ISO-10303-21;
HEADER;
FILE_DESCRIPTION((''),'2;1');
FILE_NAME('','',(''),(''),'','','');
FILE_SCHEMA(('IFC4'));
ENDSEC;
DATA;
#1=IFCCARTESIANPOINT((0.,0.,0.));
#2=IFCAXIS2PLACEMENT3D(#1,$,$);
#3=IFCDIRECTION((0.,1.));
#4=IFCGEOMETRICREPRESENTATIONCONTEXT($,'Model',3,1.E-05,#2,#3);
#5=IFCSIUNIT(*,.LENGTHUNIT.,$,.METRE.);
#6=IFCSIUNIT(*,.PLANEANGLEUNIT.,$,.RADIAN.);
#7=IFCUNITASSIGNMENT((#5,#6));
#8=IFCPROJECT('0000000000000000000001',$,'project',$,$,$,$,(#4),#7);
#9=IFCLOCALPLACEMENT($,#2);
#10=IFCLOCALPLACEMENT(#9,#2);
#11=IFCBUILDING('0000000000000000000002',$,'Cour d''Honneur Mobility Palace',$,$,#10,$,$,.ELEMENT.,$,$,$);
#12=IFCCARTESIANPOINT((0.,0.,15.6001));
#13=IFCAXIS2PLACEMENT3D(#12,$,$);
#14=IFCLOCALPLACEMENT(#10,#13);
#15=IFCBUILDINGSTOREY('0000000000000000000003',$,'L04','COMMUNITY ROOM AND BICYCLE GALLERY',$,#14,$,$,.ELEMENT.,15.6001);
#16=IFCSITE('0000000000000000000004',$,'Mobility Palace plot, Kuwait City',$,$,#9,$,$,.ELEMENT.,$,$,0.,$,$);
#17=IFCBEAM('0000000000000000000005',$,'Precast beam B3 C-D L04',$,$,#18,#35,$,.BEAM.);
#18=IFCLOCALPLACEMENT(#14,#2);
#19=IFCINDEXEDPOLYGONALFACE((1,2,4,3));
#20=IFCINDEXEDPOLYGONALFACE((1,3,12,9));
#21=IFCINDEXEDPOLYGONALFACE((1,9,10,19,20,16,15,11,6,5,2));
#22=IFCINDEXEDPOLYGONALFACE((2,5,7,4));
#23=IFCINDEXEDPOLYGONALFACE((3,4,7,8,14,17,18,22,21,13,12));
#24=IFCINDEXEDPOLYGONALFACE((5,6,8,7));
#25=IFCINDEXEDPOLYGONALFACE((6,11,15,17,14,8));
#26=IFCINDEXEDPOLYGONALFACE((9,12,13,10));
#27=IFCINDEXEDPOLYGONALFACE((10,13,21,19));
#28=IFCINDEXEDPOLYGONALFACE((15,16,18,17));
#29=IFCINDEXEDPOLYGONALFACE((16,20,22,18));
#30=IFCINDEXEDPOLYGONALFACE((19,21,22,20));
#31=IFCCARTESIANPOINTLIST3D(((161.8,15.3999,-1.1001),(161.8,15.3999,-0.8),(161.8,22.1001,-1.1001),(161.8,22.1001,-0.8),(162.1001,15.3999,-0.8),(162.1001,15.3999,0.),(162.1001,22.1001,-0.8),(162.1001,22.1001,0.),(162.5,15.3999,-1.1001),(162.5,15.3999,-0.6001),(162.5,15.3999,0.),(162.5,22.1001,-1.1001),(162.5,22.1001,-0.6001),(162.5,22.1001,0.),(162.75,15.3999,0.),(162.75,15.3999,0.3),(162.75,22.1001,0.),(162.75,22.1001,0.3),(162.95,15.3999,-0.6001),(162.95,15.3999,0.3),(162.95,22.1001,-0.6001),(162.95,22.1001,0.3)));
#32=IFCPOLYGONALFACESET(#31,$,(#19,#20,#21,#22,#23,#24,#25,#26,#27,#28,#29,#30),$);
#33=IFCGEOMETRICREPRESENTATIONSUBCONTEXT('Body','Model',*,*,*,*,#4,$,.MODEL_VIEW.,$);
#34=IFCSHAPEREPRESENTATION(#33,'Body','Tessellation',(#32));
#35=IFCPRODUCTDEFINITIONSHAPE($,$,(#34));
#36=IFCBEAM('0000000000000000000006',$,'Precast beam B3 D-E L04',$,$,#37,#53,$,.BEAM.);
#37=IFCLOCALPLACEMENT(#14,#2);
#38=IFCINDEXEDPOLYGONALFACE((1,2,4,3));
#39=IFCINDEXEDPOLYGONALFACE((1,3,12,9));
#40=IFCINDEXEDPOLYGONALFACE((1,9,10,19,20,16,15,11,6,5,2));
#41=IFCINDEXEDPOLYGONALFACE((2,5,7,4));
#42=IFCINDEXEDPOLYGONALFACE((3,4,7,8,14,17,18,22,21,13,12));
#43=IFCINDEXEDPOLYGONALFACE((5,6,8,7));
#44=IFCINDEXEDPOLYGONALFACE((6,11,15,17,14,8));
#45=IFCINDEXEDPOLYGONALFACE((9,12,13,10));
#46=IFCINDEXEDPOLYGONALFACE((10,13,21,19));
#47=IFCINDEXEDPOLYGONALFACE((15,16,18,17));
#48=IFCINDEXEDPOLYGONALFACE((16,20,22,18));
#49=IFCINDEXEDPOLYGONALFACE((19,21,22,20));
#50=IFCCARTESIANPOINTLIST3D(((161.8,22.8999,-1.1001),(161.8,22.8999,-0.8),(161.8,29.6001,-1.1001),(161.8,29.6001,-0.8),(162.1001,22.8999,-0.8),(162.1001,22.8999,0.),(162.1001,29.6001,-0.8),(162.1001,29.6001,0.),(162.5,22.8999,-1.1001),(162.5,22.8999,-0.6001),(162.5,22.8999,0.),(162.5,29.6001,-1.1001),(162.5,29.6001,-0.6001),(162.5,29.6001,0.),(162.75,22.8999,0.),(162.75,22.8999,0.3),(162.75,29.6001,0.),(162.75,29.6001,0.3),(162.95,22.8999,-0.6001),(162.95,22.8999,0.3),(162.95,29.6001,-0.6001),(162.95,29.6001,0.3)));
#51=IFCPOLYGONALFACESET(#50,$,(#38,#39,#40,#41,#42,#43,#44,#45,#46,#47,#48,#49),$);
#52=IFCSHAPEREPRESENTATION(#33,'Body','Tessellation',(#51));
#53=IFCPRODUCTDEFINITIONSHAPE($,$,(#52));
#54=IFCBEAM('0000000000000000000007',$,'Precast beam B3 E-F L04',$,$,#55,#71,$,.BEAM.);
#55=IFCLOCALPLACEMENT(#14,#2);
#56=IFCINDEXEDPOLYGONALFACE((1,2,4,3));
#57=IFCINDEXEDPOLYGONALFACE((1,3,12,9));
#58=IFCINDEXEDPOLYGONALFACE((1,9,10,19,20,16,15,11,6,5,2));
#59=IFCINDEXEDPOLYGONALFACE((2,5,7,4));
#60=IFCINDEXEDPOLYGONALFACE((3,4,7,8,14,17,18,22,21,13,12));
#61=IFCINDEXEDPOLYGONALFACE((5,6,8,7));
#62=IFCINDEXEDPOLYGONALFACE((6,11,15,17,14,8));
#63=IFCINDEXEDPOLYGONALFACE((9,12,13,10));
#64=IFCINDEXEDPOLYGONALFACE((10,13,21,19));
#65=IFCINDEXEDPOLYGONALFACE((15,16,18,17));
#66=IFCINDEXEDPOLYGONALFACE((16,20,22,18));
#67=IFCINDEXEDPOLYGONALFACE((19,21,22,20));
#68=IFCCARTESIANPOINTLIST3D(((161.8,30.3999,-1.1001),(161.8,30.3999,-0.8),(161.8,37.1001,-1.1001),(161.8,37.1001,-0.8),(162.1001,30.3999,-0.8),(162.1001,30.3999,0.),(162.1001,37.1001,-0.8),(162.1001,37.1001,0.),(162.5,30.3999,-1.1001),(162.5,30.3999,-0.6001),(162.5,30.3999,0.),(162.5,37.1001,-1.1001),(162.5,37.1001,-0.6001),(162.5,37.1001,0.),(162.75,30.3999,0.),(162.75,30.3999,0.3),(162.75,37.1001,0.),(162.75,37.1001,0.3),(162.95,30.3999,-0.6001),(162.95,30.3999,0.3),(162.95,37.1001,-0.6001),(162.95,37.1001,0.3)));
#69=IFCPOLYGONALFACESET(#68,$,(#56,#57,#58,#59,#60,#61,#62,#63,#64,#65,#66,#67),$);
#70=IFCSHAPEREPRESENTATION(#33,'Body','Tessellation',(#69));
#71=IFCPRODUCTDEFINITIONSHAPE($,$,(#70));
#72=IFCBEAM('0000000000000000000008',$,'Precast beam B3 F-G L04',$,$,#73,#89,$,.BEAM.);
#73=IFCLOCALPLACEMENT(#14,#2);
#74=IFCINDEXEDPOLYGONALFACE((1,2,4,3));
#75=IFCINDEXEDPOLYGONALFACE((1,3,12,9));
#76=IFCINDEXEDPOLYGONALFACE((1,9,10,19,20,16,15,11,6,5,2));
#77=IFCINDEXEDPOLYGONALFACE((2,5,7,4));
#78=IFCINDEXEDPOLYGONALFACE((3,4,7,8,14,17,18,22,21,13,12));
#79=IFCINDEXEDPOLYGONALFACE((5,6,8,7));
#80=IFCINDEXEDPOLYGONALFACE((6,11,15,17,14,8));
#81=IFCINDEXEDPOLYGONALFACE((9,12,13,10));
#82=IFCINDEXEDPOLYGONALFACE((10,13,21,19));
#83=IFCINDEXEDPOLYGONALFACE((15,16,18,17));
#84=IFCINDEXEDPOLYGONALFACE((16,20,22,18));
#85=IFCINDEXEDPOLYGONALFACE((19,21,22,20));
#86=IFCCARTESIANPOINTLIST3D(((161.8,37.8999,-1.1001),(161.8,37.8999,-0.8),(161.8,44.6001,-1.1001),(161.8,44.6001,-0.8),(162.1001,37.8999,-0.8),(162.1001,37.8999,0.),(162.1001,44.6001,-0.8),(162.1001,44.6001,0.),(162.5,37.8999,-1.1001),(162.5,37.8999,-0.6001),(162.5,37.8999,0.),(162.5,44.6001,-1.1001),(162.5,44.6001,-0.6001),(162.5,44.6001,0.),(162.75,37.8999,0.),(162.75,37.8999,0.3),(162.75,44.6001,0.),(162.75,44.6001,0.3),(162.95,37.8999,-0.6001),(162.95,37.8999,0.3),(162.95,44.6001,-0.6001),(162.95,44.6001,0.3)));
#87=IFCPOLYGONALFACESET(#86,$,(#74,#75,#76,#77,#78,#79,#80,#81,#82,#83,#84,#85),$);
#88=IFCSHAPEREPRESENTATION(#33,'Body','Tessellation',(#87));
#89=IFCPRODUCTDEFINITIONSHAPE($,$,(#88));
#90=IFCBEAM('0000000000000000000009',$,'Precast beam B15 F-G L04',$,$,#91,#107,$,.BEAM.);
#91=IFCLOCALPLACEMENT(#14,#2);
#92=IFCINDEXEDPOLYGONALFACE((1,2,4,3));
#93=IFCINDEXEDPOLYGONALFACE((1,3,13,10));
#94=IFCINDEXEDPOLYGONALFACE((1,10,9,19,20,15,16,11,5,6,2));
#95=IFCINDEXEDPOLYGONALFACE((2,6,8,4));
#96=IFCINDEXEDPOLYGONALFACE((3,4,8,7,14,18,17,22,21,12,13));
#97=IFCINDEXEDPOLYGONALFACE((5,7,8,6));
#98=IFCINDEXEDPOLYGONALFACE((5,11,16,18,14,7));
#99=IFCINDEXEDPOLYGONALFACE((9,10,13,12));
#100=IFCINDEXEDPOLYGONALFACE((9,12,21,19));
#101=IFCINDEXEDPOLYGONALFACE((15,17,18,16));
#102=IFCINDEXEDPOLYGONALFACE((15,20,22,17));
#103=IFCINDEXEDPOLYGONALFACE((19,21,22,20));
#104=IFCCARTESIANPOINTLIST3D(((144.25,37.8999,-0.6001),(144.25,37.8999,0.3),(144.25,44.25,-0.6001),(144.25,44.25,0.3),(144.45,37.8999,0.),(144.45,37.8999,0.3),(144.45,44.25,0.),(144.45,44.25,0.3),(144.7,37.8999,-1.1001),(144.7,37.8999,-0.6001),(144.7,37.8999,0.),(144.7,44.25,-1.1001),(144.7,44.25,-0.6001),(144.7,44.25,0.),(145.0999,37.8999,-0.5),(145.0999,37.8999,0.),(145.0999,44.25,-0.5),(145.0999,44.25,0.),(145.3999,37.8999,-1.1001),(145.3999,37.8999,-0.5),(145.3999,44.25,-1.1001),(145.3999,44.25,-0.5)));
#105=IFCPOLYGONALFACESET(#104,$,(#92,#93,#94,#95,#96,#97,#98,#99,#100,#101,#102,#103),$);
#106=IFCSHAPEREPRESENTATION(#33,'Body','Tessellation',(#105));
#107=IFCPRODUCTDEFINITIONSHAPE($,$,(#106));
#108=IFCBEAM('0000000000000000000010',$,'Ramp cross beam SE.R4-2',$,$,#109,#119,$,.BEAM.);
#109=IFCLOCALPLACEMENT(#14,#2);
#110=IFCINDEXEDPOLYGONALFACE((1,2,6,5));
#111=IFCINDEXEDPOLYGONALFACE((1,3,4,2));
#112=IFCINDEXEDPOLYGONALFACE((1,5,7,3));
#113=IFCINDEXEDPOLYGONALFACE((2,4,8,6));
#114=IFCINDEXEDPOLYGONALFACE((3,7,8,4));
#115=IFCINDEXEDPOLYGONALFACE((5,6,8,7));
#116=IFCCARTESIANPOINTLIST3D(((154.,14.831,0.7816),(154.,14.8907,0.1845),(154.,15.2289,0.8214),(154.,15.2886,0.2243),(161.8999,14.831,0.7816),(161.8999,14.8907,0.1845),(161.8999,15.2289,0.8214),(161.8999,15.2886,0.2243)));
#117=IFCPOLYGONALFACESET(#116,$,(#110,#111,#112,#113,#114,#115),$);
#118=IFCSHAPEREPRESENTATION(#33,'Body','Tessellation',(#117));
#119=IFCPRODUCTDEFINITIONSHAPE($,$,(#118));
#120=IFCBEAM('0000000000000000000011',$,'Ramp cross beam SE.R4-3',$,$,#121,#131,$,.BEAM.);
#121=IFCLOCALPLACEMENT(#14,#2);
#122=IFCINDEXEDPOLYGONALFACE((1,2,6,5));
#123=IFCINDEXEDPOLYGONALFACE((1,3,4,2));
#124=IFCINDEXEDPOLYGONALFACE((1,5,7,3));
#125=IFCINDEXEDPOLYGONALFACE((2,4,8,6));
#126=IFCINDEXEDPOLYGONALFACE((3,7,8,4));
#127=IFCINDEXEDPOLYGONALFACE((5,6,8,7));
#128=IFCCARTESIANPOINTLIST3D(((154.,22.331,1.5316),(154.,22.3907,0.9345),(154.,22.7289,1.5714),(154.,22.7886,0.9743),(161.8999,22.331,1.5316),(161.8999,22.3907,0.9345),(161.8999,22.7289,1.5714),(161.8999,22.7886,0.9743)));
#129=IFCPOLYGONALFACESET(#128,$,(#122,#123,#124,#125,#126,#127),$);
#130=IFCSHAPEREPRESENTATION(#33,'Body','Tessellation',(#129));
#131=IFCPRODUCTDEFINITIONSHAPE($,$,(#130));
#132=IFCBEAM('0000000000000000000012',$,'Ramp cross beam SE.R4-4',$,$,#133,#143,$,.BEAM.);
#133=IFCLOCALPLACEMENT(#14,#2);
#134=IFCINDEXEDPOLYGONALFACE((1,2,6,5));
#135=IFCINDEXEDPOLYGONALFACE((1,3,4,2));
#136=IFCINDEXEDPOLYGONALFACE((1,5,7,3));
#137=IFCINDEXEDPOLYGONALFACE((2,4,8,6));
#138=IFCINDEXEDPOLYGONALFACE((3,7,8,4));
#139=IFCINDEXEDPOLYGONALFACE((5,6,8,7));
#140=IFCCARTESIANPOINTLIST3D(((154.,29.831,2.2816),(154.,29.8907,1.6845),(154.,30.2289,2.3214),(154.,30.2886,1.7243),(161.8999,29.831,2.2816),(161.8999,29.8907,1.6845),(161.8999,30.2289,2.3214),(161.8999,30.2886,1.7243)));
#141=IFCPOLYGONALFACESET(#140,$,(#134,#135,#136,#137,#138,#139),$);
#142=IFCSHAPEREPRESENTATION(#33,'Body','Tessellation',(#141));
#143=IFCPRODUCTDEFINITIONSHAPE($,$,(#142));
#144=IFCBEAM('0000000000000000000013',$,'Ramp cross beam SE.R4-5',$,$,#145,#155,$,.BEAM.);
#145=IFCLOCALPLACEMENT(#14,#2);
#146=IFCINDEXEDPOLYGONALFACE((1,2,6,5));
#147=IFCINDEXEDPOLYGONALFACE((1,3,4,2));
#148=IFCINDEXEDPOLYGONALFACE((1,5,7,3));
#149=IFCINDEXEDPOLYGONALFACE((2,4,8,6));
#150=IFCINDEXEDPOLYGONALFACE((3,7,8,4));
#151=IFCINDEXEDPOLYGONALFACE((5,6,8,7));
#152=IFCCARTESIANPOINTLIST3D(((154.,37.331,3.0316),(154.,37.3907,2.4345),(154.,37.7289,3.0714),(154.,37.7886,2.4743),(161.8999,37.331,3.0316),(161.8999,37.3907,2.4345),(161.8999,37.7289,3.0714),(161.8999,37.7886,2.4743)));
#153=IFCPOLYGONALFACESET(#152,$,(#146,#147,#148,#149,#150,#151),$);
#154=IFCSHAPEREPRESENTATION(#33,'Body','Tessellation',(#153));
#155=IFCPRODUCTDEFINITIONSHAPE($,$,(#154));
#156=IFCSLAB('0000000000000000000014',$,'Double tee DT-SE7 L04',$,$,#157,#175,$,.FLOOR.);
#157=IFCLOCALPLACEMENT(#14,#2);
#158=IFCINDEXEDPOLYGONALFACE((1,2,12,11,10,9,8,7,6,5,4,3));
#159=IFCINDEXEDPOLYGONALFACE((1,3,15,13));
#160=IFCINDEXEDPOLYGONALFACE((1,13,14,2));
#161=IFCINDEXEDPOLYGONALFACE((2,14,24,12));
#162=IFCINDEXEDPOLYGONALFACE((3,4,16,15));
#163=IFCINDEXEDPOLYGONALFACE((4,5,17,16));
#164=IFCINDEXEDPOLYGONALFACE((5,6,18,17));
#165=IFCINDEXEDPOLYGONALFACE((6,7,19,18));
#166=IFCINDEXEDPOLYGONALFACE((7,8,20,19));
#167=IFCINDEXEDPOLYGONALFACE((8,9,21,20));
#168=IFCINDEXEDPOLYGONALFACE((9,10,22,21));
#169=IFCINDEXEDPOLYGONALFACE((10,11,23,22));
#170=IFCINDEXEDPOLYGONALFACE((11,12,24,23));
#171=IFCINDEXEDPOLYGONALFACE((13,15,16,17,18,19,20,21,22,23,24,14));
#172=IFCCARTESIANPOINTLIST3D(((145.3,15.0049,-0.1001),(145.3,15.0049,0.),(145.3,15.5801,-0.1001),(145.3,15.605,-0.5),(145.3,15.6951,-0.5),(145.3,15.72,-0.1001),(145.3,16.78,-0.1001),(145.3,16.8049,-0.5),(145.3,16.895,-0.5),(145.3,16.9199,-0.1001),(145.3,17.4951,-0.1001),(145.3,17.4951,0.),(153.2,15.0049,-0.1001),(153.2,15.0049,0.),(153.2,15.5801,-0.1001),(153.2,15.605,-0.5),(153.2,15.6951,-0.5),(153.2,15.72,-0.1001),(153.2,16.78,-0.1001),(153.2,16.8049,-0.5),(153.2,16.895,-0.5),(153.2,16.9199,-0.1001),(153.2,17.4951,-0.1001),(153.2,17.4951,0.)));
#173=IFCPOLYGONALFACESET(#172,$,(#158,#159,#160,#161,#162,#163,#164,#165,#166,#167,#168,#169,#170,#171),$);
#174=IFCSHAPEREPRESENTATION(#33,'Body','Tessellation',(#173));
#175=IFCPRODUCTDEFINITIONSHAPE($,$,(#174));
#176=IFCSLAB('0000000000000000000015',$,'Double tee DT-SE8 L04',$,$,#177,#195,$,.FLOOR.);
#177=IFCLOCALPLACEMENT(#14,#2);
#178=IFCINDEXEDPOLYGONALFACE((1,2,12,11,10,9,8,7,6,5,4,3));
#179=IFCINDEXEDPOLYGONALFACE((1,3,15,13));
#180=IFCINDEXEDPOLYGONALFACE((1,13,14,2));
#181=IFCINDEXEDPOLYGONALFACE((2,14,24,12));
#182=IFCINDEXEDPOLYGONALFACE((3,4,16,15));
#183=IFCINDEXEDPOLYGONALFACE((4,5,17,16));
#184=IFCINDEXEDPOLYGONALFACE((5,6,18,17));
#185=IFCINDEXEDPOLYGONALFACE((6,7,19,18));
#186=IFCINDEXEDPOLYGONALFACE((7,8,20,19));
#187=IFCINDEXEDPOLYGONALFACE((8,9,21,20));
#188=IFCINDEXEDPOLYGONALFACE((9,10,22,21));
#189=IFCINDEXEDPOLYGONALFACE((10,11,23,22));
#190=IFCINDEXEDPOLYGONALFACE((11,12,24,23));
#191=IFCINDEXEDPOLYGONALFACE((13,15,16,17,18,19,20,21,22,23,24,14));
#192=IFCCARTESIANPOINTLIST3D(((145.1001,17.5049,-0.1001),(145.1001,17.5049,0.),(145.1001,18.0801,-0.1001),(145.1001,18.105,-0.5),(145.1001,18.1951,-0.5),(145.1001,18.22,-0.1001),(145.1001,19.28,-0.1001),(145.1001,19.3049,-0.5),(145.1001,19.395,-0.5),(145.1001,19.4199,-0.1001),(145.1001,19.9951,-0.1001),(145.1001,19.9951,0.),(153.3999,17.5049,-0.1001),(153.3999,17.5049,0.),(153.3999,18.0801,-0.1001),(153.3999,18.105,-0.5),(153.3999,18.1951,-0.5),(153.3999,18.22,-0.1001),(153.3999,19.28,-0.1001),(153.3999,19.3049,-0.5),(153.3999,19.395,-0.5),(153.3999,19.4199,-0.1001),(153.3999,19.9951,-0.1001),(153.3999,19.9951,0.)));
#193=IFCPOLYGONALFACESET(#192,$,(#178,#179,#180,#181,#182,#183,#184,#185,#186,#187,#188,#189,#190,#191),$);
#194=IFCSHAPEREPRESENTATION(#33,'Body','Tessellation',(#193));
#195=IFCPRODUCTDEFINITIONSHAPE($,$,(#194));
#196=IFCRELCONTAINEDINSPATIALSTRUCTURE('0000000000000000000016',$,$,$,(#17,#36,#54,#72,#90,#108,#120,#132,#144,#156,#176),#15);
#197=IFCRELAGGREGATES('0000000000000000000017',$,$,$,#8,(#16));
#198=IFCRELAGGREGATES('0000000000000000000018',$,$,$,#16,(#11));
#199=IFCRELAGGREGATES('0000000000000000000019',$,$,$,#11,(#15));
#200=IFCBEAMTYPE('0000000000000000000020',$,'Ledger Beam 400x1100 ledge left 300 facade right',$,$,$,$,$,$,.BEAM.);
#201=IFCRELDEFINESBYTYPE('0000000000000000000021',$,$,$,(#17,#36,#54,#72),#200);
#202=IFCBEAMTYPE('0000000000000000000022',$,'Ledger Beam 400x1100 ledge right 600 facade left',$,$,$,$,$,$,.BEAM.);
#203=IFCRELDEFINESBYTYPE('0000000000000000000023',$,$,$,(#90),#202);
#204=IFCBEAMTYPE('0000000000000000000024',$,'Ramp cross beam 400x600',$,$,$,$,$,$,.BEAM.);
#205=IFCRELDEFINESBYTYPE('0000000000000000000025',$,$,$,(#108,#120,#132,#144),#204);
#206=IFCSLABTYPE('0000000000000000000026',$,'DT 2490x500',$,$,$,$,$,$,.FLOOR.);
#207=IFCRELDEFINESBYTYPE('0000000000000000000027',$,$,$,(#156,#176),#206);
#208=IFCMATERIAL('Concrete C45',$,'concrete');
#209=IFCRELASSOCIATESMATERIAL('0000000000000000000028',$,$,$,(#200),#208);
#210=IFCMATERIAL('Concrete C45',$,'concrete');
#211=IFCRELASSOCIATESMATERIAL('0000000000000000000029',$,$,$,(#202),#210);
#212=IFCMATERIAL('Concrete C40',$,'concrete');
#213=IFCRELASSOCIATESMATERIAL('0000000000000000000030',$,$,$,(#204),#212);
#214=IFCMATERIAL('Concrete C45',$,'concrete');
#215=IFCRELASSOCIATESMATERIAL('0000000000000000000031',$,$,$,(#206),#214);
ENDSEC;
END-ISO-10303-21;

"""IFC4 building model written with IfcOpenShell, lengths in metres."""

from ifc_helpers import new_model, si_unit, direction, frame, origin, origin_2d, place, context, subcontext, project, spatial, polyline, rectangle, outline, extrude, material, material_profile, profile_set, type_object, element, save


model = new_model("IFC4")

# Units and contexts
model_context = context("Model", 3, precision=1e-05, world=origin(), true_north=direction((0.0, 1.0)))
body_context = subcontext(model_context, "Body", "Model", "MODEL_VIEW")
ifc_project = project(units=[si_unit("LENGTHUNIT", "METRE"), si_unit("PLANEANGLEUNIT", "RADIAN")], contexts=[model_context])

# Site, building, storey
site_placement = place(None, origin())
site = spatial("IfcSite", under=ifc_project, at=site_placement, Name="Mobility Palace plot, Kuwait City", CompositionType="ELEMENT", RefElevation=0.0)
building_placement = place(site_placement, origin())
building = spatial("IfcBuilding", under=site, at=building_placement, Name="Cour d'Honneur Mobility Palace", CompositionType="ELEMENT")
storey_placement = place(building_placement, frame((0.0, 0.0, 15.6001)))
storey = spatial("IfcBuildingStorey", under=building, at=storey_placement, Name="L04", Description="COMMUNITY ROOM AND BICYCLE GALLERY", CompositionType="ELEMENT", Elevation=15.6001)

# Beams
ifc_material_1 = material(Name="Concrete C45", Category="concrete")
ifc_material_profile_1 = material_profile(ifc_material_1, outline(polyline([(0.5, -1.1001), (0.5, -0.8), (0.2, -0.8), (0.2, 0.0), (-0.2, 0.0), (-0.45, 0.0), (-0.45, 0.3), (-0.6499, 0.3), (-0.6499, -0.6001), (-0.2, -0.6001), (-0.2, -1.1001), (0.5, -1.1001)])), Name="Ledger Beam 400x1100 ledge left 300 facade right")
ifc_profile_set_1 = profile_set([ifc_material_profile_1], Name="Concrete C45")
beam_type_1 = type_object("IfcBeamType", Name="Ledger Beam 400x1100 ledge left 300 facade right", PredefinedType="BEAM", material=ifc_profile_set_1)
for number, where, z_axis, x_axis, name in (
    (1, (162.3, 15.3999, 0.0), (0.0, 1.0, 0.0), (-1.0, 0.0, 0.0), "Precast beam B3 C-D L04"),
    (2, (162.3, 22.8999, 0.0), (0.0, 1.0, 0.0), (-1.0, 0.0, 0.0), "Precast beam B3 D-E L04"),
    (3, (162.3, 30.3999, 0.0), (0.0, 1.0, 0.0), (-1.0, 0.0, 0.0), "Precast beam B3 E-F L04"),
    (4, (162.3, 37.8999, 0.0), (0.0, 1.0, 0.0), (-1.0, 0.0, 0.0), "Precast beam B3 F-G L04"),
):
    element("IfcBeam", number, at=place(storey_placement, frame(where, z_axis=z_axis, x_axis=x_axis)), inside=storey, type_object=beam_type_1, Name=name, PredefinedType="BEAM", context=body_context, shape_type="SweptSolid", body=[
        extrude(outline(polyline([(0.5, -1.1001), (0.5, -0.8), (0.2, -0.8), (0.2, 0.0), (-0.2, 0.0), (-0.45, 0.0), (-0.45, 0.3), (-0.6499, 0.3), (-0.6499, -0.6001), (-0.2, -0.6001), (-0.2, -1.1001), (0.5, -1.1001)])), origin(), (0.0, 0.0, 1.0), 6.7002),
    ])
ifc_material_2 = material(Name="Concrete C45", Category="concrete")
ifc_material_profile_2 = material_profile(ifc_material_2, outline(polyline([(0.2, -1.1001), (0.2, -0.6001), (0.6499, -0.6001), (0.6499, 0.3), (0.45, 0.3), (0.45, 0.0), (0.2, 0.0), (-0.2, 0.0), (-0.2, -0.5), (-0.5, -0.5), (-0.5, -1.1001), (0.2, -1.1001)])), Name="Ledger Beam 400x1100 ledge right 600 facade left")
ifc_profile_set_2 = profile_set([ifc_material_profile_2], Name="Concrete C45")
beam_type_2 = type_object("IfcBeamType", Name="Ledger Beam 400x1100 ledge right 600 facade left", PredefinedType="BEAM", material=ifc_profile_set_2)
beam_placement = place(storey_placement, frame((144.8999, 37.8999, 0.0), z_axis=(0.0, 1.0, 0.0), x_axis=(-1.0, 0.0, 0.0)))
element("IfcBeam", 5, at=beam_placement, inside=storey, type_object=beam_type_2, Name="Precast beam B15 F-G L04", PredefinedType="BEAM", context=body_context, shape_type="SweptSolid", body=[
    extrude(outline(polyline([(0.2, -1.1001), (0.2, -0.6001), (0.6499, -0.6001), (0.6499, 0.3), (0.45, 0.3), (0.45, 0.0), (0.2, 0.0), (-0.2, 0.0), (-0.2, -0.5), (-0.5, -0.5), (-0.5, -1.1001), (0.2, -1.1001)])), origin(), (0.0, 0.0, 1.0), 6.3501),
])
ifc_material_3 = material(Name="Concrete C40", Category="concrete")
ifc_material_profile_3 = material_profile(ifc_material_3, rectangle(XDim=0.3999, YDim=0.6001, at=origin_2d()), Name="Ramp cross beam 400x600")
ifc_profile_set_3 = profile_set([ifc_material_profile_3], Name="Concrete C40")
beam_type_3 = type_object("IfcBeamType", Name="Ramp cross beam 400x600", PredefinedType="BEAM", material=ifc_profile_set_3)
for number, where, z_axis, x_axis, name in (
    (6, (161.8999, 15.0598, 0.5029), (-1.0, 0.0, 0.0), (0.0, -0.995037, -0.099504), "Ramp cross beam SE.R4-2"),
    (7, (161.8999, 22.5598, 1.2529), (-1.0, 0.0, 0.0), (0.0, -0.995037, -0.099504), "Ramp cross beam SE.R4-3"),
    (8, (161.8999, 30.0598, 2.0029), (-1.0, 0.0, 0.0), (0.0, -0.995037, -0.099504), "Ramp cross beam SE.R4-4"),
    (9, (161.8999, 37.5598, 2.7529), (-1.0, 0.0, 0.0), (0.0, -0.995037, -0.099504), "Ramp cross beam SE.R4-5"),
):
    element("IfcBeam", number, at=place(storey_placement, frame(where, z_axis=z_axis, x_axis=x_axis)), inside=storey, type_object=beam_type_3, Name=name, PredefinedType="BEAM", context=body_context, shape_type="SweptSolid", body=[
        extrude(rectangle(XDim=0.3999, YDim=0.6001, at=origin_2d()), origin(), (0.0, 0.0, 1.0), 7.8999),
    ])

# Slabs
ifc_material_4 = material(Name="Concrete C45", Category="concrete")
ifc_material_profile_4 = material_profile(ifc_material_4, outline(polyline([(-1.2451, 0.0), (1.2451, 0.0), (1.2451, -0.1001), (0.6699, -0.1001), (0.645, -0.5), (0.5549, -0.5), (0.53, -0.1001), (-0.53, -0.1001), (-0.5549, -0.5), (-0.645, -0.5), (-0.6699, -0.1001), (-1.2451, -0.1001), (-1.2451, 0.0)])), Name="DT 2490x500")
ifc_profile_set_4 = profile_set([ifc_material_profile_4], Name="Concrete C45")
slab_type = type_object("IfcSlabType", Name="DT 2490x500", PredefinedType="FLOOR", material=ifc_profile_set_4)
slab_1_placement = place(storey_placement, frame((145.3, 16.25, 0.0), z_axis=(1.0, 0.0, 0.0), x_axis=(0.0, 1.0, 0.0)))
element("IfcSlab", 10, at=slab_1_placement, inside=storey, type_object=slab_type, Name="Double tee DT-SE7 L04", PredefinedType="FLOOR", context=body_context, shape_type="SweptSolid", body=[
    extrude(outline(polyline([(-1.2451, 0.0), (1.2451, 0.0), (1.2451, -0.1001), (0.6699, -0.1001), (0.645, -0.5), (0.5549, -0.5), (0.53, -0.1001), (-0.53, -0.1001), (-0.5549, -0.5), (-0.645, -0.5), (-0.6699, -0.1001), (-1.2451, -0.1001), (-1.2451, 0.0)])), origin(), (0.0, 0.0, 1.0), 7.8999),
])
slab_2_placement = place(storey_placement, frame((145.1001, 18.75, 0.0), z_axis=(1.0, 0.0, 0.0), x_axis=(0.0, 1.0, 0.0)))
element("IfcSlab", 11, at=slab_2_placement, inside=storey, type_object=slab_type, Name="Double tee DT-SE8 L04", PredefinedType="FLOOR", context=body_context, shape_type="SweptSolid", body=[
    extrude(outline(polyline([(-1.2451, 0.0), (1.2451, 0.0), (1.2451, -0.1001), (0.6699, -0.1001), (0.645, -0.5), (0.5549, -0.5), (0.53, -0.1001), (-0.53, -0.1001), (-0.5549, -0.5), (-0.645, -0.5), (-0.6699, -0.1001), (-1.2451, -0.1001), (-1.2451, 0.0)])), origin(), (0.0, 0.0, 1.0), 8.2998),
])

save(model, "model.ifc")
